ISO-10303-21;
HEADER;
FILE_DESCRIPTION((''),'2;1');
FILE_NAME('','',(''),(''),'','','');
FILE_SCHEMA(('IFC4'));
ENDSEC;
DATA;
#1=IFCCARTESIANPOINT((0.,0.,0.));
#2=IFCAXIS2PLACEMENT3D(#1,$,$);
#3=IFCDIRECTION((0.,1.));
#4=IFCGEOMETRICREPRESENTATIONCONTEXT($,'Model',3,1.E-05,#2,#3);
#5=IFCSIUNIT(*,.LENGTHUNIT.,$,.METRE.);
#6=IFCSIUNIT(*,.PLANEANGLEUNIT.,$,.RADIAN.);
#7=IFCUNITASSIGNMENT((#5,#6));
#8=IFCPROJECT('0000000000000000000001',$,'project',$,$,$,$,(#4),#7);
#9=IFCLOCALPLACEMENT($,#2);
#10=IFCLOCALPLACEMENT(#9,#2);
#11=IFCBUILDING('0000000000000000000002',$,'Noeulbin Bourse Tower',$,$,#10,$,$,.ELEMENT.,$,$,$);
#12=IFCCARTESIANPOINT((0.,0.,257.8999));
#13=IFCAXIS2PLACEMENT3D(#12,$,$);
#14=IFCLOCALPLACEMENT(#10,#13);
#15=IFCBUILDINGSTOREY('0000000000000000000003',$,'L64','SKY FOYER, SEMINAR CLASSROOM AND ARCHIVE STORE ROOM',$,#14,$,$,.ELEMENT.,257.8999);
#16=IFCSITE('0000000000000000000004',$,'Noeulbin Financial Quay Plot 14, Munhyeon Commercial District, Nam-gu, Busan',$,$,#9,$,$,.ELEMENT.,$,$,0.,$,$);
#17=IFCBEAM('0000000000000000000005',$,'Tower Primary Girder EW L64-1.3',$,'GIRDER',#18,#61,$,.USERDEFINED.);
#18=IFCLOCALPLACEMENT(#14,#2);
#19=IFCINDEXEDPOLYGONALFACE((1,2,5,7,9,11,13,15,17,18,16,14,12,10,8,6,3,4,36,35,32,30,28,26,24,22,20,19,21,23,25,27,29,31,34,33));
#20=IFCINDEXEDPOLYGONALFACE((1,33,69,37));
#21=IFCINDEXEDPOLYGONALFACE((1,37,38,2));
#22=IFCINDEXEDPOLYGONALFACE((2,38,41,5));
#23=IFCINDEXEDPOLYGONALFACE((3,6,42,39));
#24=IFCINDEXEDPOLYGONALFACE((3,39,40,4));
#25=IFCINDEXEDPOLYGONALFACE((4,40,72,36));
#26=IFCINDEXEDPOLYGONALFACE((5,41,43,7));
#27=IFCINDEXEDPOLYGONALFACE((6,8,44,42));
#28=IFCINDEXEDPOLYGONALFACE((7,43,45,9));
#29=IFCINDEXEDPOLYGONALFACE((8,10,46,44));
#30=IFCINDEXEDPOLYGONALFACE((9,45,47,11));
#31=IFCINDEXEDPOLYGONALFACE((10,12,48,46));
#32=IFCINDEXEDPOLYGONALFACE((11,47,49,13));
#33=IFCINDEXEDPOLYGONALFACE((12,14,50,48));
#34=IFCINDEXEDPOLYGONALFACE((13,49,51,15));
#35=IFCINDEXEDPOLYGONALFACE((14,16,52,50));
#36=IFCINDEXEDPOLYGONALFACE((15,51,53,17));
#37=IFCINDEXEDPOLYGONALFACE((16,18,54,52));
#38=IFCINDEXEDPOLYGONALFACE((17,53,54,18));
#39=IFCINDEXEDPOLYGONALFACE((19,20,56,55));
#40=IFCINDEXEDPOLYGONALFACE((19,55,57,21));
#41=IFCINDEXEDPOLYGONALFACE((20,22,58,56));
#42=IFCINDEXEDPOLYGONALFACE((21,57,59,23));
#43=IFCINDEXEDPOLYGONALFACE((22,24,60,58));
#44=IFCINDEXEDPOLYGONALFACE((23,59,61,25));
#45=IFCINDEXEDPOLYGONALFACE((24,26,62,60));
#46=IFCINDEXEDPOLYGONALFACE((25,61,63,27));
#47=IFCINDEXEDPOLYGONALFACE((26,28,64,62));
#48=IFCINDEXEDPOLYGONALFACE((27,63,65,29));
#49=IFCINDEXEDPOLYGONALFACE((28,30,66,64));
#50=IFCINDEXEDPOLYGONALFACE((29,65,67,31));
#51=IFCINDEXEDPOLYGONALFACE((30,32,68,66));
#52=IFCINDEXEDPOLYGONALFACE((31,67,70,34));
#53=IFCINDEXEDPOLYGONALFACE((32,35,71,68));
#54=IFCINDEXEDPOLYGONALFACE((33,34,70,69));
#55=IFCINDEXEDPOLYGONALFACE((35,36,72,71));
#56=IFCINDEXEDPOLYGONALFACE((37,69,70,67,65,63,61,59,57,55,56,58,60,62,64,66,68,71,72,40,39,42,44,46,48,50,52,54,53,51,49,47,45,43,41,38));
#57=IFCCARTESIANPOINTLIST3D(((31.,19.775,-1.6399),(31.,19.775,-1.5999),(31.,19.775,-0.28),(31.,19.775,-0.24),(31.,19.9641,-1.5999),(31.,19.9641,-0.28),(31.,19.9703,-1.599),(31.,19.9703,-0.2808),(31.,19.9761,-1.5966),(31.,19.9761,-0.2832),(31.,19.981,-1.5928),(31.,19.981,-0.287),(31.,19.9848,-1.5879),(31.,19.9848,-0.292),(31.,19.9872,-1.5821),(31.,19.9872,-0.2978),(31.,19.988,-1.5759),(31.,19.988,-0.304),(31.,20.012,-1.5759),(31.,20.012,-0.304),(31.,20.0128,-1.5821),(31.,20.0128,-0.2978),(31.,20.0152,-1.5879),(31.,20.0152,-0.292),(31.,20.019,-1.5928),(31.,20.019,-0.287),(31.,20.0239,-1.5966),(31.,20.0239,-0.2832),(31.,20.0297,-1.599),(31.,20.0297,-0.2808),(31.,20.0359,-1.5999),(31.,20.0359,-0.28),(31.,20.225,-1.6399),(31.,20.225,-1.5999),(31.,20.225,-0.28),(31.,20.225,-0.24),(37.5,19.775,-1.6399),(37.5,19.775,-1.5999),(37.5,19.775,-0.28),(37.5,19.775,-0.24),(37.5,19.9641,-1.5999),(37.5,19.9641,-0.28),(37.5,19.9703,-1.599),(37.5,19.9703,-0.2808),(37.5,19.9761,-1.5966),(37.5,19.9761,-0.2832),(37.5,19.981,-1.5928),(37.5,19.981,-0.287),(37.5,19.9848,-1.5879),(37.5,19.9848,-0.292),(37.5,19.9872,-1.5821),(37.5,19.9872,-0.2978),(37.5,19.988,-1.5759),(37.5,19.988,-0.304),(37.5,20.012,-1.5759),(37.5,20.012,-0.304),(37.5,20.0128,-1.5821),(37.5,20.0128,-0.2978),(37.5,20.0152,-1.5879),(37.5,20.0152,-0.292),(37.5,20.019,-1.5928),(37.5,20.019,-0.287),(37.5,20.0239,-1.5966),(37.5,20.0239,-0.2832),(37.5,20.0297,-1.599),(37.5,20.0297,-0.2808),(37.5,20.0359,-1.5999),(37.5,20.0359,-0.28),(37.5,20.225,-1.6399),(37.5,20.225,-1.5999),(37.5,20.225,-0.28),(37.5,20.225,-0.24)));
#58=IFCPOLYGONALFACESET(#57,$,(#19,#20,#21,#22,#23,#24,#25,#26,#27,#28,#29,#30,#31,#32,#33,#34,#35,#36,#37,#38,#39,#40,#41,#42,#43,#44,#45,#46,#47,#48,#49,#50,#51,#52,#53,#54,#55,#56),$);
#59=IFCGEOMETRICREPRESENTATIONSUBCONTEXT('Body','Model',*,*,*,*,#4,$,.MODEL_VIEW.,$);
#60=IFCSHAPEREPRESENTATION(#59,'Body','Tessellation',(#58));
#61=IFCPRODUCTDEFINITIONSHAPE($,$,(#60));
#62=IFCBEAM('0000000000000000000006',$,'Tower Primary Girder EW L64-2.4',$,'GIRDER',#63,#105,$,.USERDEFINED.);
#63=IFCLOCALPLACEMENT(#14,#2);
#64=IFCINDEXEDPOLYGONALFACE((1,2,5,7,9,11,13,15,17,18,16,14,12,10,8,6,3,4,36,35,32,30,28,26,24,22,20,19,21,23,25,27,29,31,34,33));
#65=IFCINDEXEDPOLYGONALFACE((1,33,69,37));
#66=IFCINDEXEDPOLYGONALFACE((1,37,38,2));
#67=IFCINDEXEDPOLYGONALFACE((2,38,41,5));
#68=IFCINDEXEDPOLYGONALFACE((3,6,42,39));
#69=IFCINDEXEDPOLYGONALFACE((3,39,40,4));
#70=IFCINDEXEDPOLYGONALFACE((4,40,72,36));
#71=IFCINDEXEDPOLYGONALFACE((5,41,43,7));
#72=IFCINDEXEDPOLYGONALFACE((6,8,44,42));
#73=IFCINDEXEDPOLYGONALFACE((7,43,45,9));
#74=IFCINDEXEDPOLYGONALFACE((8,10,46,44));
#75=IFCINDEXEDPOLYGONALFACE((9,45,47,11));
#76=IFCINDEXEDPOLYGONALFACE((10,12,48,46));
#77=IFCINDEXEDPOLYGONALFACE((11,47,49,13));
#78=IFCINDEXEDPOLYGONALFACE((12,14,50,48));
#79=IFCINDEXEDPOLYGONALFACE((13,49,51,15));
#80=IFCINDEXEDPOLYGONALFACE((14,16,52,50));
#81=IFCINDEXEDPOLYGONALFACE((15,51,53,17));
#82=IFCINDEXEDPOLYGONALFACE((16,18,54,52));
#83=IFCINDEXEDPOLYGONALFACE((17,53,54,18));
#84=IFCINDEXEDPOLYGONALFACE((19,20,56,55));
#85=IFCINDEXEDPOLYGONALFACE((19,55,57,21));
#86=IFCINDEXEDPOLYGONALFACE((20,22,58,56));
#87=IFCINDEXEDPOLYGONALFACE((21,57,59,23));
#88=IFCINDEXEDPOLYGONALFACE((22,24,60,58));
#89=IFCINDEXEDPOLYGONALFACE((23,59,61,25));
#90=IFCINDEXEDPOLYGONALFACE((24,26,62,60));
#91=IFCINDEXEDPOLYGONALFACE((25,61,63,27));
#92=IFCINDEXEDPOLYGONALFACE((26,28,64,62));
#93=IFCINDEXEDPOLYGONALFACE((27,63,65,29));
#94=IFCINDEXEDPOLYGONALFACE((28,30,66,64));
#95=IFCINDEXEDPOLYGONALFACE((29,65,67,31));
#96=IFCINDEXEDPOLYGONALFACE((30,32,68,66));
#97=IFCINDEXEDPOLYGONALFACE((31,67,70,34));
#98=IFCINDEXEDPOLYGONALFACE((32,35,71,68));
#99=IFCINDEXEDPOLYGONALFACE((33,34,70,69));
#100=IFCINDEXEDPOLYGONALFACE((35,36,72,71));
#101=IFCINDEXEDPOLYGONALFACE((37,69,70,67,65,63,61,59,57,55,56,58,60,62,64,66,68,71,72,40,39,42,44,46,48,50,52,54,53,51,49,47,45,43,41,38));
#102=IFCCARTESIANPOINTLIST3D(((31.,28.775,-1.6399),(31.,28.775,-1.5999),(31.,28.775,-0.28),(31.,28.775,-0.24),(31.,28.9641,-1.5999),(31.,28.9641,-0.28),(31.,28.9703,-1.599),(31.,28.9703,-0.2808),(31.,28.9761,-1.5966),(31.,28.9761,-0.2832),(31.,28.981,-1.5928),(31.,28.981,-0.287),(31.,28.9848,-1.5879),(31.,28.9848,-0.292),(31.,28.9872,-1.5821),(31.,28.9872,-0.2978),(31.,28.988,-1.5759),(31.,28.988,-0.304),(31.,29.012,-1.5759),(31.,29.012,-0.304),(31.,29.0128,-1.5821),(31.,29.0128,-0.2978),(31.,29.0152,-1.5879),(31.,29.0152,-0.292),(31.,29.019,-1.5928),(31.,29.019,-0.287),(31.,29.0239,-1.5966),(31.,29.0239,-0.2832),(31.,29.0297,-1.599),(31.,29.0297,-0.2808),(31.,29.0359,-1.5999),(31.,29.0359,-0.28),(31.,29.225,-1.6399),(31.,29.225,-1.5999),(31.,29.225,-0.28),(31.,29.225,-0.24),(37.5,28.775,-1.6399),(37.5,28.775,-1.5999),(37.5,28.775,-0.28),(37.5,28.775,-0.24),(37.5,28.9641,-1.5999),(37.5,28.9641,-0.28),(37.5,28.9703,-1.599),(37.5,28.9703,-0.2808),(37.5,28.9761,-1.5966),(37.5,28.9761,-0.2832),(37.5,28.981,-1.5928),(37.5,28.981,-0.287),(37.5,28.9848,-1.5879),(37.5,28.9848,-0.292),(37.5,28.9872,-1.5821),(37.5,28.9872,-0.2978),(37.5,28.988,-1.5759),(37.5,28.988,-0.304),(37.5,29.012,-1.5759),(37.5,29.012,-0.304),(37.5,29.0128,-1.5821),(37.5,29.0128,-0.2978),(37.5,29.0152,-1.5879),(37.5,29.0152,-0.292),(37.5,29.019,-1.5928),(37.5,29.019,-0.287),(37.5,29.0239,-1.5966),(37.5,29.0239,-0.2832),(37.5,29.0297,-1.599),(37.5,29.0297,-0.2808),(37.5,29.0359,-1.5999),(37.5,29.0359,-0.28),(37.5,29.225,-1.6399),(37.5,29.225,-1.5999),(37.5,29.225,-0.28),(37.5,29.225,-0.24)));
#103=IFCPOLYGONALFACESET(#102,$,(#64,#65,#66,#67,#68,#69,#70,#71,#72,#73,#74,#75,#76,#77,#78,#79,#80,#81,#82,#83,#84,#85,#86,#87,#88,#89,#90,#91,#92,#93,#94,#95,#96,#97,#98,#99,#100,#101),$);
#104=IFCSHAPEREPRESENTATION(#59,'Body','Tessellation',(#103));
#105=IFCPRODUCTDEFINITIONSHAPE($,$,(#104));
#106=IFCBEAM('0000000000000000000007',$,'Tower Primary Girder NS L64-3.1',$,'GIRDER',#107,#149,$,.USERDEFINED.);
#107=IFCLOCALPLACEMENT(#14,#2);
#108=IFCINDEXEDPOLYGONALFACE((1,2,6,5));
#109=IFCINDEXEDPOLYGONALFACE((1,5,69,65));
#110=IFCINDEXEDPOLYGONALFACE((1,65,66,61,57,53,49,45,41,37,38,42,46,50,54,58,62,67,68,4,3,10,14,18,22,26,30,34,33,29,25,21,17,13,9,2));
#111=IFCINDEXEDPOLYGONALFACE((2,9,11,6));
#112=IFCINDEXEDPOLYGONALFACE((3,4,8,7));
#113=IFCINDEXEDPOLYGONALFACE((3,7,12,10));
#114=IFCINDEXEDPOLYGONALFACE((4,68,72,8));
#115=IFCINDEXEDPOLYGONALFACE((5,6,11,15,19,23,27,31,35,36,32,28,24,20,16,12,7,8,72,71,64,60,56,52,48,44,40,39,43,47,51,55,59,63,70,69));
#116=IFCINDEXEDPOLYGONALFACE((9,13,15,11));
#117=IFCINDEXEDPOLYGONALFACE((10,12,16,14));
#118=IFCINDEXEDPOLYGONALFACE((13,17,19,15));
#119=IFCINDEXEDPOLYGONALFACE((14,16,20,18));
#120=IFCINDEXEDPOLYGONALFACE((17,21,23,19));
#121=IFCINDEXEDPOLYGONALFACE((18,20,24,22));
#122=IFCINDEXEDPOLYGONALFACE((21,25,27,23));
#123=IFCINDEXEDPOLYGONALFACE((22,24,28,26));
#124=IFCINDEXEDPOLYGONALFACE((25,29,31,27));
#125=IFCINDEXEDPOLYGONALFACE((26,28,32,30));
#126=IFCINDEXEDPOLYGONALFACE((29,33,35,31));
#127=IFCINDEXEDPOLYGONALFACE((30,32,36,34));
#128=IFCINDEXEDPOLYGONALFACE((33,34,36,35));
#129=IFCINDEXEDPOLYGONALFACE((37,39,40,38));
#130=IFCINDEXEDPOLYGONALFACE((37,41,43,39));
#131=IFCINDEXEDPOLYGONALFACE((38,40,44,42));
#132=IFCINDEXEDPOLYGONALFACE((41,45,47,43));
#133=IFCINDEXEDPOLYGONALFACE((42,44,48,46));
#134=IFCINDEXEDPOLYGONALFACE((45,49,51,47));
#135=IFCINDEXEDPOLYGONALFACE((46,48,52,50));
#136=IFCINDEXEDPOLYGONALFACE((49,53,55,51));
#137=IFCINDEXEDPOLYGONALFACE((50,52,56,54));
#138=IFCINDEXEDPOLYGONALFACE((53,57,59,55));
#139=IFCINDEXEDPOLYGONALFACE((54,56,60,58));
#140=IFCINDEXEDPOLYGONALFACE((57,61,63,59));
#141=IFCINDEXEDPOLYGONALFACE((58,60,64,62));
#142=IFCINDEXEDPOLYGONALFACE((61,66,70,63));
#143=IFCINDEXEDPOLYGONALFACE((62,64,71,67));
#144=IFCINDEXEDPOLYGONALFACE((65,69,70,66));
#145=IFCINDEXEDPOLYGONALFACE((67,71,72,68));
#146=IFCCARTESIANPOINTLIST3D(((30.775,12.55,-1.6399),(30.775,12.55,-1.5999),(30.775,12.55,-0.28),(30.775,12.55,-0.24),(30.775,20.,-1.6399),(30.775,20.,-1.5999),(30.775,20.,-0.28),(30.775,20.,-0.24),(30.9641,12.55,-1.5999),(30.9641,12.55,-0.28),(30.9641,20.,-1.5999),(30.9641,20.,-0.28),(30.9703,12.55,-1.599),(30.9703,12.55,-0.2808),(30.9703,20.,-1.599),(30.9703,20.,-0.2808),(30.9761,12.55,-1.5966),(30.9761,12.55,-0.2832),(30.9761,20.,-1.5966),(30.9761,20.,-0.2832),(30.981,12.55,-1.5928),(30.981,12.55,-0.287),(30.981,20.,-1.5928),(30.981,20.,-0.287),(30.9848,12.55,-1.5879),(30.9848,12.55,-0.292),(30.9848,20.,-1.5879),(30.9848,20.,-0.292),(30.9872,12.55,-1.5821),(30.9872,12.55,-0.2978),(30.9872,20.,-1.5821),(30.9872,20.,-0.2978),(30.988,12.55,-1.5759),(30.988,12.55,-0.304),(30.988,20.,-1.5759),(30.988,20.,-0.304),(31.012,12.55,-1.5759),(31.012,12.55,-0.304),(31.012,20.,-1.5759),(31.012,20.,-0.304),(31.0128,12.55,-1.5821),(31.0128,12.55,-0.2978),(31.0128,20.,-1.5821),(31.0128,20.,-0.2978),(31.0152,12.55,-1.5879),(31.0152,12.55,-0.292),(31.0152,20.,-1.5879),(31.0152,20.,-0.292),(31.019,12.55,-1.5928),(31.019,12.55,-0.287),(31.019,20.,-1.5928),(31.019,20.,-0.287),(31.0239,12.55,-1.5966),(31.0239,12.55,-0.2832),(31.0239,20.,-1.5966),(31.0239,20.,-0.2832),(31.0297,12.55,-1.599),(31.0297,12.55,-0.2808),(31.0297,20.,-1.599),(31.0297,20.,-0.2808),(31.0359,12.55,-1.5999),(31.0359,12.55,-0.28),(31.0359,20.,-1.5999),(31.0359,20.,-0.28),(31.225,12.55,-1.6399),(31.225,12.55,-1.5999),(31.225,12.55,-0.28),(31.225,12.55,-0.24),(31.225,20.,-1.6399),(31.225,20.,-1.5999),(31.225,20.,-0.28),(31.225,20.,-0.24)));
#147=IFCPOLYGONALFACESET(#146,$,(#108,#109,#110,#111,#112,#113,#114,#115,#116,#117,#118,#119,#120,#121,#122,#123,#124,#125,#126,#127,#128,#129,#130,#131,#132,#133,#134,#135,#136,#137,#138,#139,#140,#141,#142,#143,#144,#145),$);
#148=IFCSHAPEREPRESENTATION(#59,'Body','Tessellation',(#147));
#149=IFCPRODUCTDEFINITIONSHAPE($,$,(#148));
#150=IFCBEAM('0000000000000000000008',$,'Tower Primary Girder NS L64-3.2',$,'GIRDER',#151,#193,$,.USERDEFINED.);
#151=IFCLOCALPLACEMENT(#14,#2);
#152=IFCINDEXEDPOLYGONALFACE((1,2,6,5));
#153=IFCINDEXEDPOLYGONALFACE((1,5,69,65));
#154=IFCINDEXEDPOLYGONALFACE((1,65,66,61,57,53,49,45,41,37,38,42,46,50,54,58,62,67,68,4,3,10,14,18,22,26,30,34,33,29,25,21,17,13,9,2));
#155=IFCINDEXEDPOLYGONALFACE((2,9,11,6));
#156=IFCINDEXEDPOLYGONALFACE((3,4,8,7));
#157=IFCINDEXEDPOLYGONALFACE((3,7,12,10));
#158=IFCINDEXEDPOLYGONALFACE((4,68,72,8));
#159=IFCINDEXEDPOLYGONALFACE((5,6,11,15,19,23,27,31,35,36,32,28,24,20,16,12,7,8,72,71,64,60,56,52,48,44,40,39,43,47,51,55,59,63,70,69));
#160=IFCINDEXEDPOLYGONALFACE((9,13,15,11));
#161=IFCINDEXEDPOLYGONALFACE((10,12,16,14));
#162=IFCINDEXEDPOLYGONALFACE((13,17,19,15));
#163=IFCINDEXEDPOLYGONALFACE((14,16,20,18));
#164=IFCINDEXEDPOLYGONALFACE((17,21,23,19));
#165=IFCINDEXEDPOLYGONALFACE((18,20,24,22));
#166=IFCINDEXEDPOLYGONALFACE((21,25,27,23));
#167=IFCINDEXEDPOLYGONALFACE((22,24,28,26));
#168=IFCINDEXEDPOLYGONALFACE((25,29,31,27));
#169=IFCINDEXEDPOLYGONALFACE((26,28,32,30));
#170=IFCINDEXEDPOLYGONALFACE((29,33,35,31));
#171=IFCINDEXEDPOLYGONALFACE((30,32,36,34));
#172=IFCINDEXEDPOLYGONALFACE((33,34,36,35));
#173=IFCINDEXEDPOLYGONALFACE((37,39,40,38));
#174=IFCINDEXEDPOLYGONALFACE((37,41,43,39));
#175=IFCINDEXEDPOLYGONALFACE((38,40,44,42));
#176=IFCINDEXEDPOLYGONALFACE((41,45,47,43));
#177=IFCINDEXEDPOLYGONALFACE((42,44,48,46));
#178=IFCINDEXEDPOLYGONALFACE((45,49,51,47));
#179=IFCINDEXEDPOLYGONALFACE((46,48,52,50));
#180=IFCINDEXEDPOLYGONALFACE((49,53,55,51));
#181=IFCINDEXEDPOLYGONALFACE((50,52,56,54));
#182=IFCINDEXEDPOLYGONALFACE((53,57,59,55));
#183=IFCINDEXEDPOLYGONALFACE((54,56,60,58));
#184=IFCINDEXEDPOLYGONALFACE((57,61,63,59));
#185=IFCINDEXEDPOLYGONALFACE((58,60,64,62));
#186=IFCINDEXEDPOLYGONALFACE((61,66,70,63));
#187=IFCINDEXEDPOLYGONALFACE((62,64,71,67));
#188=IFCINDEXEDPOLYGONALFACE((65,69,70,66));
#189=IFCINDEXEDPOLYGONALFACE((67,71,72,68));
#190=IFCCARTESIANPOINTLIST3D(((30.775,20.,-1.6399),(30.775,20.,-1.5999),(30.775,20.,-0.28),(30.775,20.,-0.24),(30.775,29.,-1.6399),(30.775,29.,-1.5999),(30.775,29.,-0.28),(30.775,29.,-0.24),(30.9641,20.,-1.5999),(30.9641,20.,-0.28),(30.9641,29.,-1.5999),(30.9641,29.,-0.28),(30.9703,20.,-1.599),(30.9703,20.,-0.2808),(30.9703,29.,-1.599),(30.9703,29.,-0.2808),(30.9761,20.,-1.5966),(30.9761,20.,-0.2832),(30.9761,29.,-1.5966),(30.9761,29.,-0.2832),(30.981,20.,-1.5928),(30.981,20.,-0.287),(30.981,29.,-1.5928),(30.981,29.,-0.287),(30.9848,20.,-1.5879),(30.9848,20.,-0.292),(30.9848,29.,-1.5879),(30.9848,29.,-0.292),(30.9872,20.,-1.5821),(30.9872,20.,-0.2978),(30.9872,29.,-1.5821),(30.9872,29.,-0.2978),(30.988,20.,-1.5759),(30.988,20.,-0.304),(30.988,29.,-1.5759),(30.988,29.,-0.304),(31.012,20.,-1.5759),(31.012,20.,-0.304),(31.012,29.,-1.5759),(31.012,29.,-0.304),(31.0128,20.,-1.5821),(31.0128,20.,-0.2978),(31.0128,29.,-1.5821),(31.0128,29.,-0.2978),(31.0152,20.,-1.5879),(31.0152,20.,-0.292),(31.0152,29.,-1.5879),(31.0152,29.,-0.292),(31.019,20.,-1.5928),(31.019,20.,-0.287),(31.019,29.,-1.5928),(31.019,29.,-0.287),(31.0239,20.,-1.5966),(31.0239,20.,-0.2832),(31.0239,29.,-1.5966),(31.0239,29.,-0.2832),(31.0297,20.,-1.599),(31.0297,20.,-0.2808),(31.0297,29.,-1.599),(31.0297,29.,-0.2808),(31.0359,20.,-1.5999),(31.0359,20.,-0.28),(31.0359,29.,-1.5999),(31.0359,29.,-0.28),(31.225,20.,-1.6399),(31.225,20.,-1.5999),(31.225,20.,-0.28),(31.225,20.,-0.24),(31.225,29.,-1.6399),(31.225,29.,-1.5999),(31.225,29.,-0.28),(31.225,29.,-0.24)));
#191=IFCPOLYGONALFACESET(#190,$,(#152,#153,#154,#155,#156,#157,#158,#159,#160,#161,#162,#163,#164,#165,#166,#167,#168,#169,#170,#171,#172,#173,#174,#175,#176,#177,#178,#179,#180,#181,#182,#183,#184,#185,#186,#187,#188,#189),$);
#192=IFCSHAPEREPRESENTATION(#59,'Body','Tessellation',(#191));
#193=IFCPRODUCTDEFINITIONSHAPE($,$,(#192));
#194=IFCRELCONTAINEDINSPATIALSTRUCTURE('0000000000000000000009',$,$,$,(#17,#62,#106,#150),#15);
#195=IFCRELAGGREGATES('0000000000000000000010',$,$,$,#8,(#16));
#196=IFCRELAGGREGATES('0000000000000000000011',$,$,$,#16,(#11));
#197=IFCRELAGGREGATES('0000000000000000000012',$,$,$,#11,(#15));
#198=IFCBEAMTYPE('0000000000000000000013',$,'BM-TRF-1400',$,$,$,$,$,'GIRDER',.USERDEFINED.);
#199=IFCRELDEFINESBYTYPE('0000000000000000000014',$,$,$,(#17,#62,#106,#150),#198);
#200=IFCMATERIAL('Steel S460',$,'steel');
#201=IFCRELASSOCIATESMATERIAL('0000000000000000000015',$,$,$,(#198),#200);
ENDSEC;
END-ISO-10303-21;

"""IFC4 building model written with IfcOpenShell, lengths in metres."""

from ifc_helpers import new_model, si_unit, direction, frame, origin, origin_2d, place, context, subcontext, project, spatial, i_section, extrude, material, material_profile, profile_set, type_object, element, save


model = new_model("IFC4")

# Units and contexts
model_context = context("Model", 3, precision=1e-05, world=origin(), true_north=direction((0.0, 1.0)))
body_context = subcontext(model_context, "Body", "Model", "MODEL_VIEW")
ifc_project = project(units=[si_unit("LENGTHUNIT", "METRE"), si_unit("PLANEANGLEUNIT", "RADIAN")], contexts=[model_context])

# Site, building, storey
site_placement = place(None, origin())
site = spatial("IfcSite", under=ifc_project, at=site_placement, Name="Noeulbin Financial Quay Plot 14, Munhyeon Commercial District, Nam-gu, Busan", CompositionType="ELEMENT", RefElevation=0.0)
building_placement = place(site_placement, origin())
building = spatial("IfcBuilding", under=site, at=building_placement, Name="Noeulbin Bourse Tower", CompositionType="ELEMENT")
storey_placement = place(building_placement, frame((0.0, 0.0, 257.8999)))
storey = spatial("IfcBuildingStorey", under=building, at=storey_placement, Name="L64", Description="SKY FOYER, SEMINAR CLASSROOM AND ARCHIVE STORE ROOM", CompositionType="ELEMENT", Elevation=257.8999)

# Beams
ifc_material_1 = material(Name="Steel S460", Category="steel")
ifc_material_profile_1 = material_profile(ifc_material_1, i_section(OverallWidth=0.45, OverallDepth=1.3999, WebThickness=0.0239, FlangeThickness=0.04, FilletRadius=0.0239, at=origin_2d()), Name="PG-1400x450x24x40", Category="LoadBearing")
ifc_profile_set_1 = profile_set([ifc_material_profile_1], Name="Steel S460")
beam_type_1 = type_object("IfcBeamType", Name="BM-TRF-1400", ElementType="GIRDER", PredefinedType="USERDEFINED", material=ifc_profile_set_1)
for number, where, z_axis, x_axis, name in (
    (1, (31.0, 20.0, -0.9399), (1.0, 0.0, 0.0), (0.0, 1.0, 0.0), "Tower Primary Girder EW L64-1.3"),
    (2, (31.0, 29.0, -0.9399), (1.0, 0.0, 0.0), (0.0, 1.0, 0.0), "Tower Primary Girder EW L64-2.4"),
):
    element("IfcBeam", number, at=place(storey_placement, frame(where, z_axis=z_axis, x_axis=x_axis)), inside=storey, type_object=beam_type_1, Name=name, ObjectType="GIRDER", PredefinedType="USERDEFINED", context=body_context, shape_type="SweptSolid", body=[
        extrude(i_section(OverallWidth=0.45, OverallDepth=1.3999, WebThickness=0.0239, FlangeThickness=0.04, FilletRadius=0.0239, at=origin_2d()), origin(), (0.0, 0.0, 1.0), 6.5),
    ])
beam_1_placement = place(storey_placement, frame((31.0, 12.55, -0.9399), z_axis=(0.0, 1.0, 0.0), x_axis=(-1.0, 0.0, 0.0)))
element("IfcBeam", 3, at=beam_1_placement, inside=storey, type_object=beam_type_1, Name="Tower Primary Girder NS L64-3.1", ObjectType="GIRDER", PredefinedType="USERDEFINED", context=body_context, shape_type="SweptSolid", body=[
    extrude(i_section(OverallWidth=0.45, OverallDepth=1.3999, WebThickness=0.0239, FlangeThickness=0.04, FilletRadius=0.0239, at=origin_2d()), origin(), (0.0, 0.0, 1.0), 7.45),
])
beam_2_placement = place(storey_placement, frame((31.0, 20.0, -0.9399), z_axis=(0.0, 1.0, 0.0), x_axis=(-1.0, 0.0, 0.0)))
element("IfcBeam", 4, at=beam_2_placement, inside=storey, type_object=beam_type_1, Name="Tower Primary Girder NS L64-3.2", ObjectType="GIRDER", PredefinedType="USERDEFINED", context=body_context, shape_type="SweptSolid", body=[
    extrude(i_section(OverallWidth=0.45, OverallDepth=1.3999, WebThickness=0.0239, FlangeThickness=0.04, FilletRadius=0.0239, at=origin_2d()), origin(), (0.0, 0.0, 1.0), 9.0),
])

save(model, "model.ifc")
